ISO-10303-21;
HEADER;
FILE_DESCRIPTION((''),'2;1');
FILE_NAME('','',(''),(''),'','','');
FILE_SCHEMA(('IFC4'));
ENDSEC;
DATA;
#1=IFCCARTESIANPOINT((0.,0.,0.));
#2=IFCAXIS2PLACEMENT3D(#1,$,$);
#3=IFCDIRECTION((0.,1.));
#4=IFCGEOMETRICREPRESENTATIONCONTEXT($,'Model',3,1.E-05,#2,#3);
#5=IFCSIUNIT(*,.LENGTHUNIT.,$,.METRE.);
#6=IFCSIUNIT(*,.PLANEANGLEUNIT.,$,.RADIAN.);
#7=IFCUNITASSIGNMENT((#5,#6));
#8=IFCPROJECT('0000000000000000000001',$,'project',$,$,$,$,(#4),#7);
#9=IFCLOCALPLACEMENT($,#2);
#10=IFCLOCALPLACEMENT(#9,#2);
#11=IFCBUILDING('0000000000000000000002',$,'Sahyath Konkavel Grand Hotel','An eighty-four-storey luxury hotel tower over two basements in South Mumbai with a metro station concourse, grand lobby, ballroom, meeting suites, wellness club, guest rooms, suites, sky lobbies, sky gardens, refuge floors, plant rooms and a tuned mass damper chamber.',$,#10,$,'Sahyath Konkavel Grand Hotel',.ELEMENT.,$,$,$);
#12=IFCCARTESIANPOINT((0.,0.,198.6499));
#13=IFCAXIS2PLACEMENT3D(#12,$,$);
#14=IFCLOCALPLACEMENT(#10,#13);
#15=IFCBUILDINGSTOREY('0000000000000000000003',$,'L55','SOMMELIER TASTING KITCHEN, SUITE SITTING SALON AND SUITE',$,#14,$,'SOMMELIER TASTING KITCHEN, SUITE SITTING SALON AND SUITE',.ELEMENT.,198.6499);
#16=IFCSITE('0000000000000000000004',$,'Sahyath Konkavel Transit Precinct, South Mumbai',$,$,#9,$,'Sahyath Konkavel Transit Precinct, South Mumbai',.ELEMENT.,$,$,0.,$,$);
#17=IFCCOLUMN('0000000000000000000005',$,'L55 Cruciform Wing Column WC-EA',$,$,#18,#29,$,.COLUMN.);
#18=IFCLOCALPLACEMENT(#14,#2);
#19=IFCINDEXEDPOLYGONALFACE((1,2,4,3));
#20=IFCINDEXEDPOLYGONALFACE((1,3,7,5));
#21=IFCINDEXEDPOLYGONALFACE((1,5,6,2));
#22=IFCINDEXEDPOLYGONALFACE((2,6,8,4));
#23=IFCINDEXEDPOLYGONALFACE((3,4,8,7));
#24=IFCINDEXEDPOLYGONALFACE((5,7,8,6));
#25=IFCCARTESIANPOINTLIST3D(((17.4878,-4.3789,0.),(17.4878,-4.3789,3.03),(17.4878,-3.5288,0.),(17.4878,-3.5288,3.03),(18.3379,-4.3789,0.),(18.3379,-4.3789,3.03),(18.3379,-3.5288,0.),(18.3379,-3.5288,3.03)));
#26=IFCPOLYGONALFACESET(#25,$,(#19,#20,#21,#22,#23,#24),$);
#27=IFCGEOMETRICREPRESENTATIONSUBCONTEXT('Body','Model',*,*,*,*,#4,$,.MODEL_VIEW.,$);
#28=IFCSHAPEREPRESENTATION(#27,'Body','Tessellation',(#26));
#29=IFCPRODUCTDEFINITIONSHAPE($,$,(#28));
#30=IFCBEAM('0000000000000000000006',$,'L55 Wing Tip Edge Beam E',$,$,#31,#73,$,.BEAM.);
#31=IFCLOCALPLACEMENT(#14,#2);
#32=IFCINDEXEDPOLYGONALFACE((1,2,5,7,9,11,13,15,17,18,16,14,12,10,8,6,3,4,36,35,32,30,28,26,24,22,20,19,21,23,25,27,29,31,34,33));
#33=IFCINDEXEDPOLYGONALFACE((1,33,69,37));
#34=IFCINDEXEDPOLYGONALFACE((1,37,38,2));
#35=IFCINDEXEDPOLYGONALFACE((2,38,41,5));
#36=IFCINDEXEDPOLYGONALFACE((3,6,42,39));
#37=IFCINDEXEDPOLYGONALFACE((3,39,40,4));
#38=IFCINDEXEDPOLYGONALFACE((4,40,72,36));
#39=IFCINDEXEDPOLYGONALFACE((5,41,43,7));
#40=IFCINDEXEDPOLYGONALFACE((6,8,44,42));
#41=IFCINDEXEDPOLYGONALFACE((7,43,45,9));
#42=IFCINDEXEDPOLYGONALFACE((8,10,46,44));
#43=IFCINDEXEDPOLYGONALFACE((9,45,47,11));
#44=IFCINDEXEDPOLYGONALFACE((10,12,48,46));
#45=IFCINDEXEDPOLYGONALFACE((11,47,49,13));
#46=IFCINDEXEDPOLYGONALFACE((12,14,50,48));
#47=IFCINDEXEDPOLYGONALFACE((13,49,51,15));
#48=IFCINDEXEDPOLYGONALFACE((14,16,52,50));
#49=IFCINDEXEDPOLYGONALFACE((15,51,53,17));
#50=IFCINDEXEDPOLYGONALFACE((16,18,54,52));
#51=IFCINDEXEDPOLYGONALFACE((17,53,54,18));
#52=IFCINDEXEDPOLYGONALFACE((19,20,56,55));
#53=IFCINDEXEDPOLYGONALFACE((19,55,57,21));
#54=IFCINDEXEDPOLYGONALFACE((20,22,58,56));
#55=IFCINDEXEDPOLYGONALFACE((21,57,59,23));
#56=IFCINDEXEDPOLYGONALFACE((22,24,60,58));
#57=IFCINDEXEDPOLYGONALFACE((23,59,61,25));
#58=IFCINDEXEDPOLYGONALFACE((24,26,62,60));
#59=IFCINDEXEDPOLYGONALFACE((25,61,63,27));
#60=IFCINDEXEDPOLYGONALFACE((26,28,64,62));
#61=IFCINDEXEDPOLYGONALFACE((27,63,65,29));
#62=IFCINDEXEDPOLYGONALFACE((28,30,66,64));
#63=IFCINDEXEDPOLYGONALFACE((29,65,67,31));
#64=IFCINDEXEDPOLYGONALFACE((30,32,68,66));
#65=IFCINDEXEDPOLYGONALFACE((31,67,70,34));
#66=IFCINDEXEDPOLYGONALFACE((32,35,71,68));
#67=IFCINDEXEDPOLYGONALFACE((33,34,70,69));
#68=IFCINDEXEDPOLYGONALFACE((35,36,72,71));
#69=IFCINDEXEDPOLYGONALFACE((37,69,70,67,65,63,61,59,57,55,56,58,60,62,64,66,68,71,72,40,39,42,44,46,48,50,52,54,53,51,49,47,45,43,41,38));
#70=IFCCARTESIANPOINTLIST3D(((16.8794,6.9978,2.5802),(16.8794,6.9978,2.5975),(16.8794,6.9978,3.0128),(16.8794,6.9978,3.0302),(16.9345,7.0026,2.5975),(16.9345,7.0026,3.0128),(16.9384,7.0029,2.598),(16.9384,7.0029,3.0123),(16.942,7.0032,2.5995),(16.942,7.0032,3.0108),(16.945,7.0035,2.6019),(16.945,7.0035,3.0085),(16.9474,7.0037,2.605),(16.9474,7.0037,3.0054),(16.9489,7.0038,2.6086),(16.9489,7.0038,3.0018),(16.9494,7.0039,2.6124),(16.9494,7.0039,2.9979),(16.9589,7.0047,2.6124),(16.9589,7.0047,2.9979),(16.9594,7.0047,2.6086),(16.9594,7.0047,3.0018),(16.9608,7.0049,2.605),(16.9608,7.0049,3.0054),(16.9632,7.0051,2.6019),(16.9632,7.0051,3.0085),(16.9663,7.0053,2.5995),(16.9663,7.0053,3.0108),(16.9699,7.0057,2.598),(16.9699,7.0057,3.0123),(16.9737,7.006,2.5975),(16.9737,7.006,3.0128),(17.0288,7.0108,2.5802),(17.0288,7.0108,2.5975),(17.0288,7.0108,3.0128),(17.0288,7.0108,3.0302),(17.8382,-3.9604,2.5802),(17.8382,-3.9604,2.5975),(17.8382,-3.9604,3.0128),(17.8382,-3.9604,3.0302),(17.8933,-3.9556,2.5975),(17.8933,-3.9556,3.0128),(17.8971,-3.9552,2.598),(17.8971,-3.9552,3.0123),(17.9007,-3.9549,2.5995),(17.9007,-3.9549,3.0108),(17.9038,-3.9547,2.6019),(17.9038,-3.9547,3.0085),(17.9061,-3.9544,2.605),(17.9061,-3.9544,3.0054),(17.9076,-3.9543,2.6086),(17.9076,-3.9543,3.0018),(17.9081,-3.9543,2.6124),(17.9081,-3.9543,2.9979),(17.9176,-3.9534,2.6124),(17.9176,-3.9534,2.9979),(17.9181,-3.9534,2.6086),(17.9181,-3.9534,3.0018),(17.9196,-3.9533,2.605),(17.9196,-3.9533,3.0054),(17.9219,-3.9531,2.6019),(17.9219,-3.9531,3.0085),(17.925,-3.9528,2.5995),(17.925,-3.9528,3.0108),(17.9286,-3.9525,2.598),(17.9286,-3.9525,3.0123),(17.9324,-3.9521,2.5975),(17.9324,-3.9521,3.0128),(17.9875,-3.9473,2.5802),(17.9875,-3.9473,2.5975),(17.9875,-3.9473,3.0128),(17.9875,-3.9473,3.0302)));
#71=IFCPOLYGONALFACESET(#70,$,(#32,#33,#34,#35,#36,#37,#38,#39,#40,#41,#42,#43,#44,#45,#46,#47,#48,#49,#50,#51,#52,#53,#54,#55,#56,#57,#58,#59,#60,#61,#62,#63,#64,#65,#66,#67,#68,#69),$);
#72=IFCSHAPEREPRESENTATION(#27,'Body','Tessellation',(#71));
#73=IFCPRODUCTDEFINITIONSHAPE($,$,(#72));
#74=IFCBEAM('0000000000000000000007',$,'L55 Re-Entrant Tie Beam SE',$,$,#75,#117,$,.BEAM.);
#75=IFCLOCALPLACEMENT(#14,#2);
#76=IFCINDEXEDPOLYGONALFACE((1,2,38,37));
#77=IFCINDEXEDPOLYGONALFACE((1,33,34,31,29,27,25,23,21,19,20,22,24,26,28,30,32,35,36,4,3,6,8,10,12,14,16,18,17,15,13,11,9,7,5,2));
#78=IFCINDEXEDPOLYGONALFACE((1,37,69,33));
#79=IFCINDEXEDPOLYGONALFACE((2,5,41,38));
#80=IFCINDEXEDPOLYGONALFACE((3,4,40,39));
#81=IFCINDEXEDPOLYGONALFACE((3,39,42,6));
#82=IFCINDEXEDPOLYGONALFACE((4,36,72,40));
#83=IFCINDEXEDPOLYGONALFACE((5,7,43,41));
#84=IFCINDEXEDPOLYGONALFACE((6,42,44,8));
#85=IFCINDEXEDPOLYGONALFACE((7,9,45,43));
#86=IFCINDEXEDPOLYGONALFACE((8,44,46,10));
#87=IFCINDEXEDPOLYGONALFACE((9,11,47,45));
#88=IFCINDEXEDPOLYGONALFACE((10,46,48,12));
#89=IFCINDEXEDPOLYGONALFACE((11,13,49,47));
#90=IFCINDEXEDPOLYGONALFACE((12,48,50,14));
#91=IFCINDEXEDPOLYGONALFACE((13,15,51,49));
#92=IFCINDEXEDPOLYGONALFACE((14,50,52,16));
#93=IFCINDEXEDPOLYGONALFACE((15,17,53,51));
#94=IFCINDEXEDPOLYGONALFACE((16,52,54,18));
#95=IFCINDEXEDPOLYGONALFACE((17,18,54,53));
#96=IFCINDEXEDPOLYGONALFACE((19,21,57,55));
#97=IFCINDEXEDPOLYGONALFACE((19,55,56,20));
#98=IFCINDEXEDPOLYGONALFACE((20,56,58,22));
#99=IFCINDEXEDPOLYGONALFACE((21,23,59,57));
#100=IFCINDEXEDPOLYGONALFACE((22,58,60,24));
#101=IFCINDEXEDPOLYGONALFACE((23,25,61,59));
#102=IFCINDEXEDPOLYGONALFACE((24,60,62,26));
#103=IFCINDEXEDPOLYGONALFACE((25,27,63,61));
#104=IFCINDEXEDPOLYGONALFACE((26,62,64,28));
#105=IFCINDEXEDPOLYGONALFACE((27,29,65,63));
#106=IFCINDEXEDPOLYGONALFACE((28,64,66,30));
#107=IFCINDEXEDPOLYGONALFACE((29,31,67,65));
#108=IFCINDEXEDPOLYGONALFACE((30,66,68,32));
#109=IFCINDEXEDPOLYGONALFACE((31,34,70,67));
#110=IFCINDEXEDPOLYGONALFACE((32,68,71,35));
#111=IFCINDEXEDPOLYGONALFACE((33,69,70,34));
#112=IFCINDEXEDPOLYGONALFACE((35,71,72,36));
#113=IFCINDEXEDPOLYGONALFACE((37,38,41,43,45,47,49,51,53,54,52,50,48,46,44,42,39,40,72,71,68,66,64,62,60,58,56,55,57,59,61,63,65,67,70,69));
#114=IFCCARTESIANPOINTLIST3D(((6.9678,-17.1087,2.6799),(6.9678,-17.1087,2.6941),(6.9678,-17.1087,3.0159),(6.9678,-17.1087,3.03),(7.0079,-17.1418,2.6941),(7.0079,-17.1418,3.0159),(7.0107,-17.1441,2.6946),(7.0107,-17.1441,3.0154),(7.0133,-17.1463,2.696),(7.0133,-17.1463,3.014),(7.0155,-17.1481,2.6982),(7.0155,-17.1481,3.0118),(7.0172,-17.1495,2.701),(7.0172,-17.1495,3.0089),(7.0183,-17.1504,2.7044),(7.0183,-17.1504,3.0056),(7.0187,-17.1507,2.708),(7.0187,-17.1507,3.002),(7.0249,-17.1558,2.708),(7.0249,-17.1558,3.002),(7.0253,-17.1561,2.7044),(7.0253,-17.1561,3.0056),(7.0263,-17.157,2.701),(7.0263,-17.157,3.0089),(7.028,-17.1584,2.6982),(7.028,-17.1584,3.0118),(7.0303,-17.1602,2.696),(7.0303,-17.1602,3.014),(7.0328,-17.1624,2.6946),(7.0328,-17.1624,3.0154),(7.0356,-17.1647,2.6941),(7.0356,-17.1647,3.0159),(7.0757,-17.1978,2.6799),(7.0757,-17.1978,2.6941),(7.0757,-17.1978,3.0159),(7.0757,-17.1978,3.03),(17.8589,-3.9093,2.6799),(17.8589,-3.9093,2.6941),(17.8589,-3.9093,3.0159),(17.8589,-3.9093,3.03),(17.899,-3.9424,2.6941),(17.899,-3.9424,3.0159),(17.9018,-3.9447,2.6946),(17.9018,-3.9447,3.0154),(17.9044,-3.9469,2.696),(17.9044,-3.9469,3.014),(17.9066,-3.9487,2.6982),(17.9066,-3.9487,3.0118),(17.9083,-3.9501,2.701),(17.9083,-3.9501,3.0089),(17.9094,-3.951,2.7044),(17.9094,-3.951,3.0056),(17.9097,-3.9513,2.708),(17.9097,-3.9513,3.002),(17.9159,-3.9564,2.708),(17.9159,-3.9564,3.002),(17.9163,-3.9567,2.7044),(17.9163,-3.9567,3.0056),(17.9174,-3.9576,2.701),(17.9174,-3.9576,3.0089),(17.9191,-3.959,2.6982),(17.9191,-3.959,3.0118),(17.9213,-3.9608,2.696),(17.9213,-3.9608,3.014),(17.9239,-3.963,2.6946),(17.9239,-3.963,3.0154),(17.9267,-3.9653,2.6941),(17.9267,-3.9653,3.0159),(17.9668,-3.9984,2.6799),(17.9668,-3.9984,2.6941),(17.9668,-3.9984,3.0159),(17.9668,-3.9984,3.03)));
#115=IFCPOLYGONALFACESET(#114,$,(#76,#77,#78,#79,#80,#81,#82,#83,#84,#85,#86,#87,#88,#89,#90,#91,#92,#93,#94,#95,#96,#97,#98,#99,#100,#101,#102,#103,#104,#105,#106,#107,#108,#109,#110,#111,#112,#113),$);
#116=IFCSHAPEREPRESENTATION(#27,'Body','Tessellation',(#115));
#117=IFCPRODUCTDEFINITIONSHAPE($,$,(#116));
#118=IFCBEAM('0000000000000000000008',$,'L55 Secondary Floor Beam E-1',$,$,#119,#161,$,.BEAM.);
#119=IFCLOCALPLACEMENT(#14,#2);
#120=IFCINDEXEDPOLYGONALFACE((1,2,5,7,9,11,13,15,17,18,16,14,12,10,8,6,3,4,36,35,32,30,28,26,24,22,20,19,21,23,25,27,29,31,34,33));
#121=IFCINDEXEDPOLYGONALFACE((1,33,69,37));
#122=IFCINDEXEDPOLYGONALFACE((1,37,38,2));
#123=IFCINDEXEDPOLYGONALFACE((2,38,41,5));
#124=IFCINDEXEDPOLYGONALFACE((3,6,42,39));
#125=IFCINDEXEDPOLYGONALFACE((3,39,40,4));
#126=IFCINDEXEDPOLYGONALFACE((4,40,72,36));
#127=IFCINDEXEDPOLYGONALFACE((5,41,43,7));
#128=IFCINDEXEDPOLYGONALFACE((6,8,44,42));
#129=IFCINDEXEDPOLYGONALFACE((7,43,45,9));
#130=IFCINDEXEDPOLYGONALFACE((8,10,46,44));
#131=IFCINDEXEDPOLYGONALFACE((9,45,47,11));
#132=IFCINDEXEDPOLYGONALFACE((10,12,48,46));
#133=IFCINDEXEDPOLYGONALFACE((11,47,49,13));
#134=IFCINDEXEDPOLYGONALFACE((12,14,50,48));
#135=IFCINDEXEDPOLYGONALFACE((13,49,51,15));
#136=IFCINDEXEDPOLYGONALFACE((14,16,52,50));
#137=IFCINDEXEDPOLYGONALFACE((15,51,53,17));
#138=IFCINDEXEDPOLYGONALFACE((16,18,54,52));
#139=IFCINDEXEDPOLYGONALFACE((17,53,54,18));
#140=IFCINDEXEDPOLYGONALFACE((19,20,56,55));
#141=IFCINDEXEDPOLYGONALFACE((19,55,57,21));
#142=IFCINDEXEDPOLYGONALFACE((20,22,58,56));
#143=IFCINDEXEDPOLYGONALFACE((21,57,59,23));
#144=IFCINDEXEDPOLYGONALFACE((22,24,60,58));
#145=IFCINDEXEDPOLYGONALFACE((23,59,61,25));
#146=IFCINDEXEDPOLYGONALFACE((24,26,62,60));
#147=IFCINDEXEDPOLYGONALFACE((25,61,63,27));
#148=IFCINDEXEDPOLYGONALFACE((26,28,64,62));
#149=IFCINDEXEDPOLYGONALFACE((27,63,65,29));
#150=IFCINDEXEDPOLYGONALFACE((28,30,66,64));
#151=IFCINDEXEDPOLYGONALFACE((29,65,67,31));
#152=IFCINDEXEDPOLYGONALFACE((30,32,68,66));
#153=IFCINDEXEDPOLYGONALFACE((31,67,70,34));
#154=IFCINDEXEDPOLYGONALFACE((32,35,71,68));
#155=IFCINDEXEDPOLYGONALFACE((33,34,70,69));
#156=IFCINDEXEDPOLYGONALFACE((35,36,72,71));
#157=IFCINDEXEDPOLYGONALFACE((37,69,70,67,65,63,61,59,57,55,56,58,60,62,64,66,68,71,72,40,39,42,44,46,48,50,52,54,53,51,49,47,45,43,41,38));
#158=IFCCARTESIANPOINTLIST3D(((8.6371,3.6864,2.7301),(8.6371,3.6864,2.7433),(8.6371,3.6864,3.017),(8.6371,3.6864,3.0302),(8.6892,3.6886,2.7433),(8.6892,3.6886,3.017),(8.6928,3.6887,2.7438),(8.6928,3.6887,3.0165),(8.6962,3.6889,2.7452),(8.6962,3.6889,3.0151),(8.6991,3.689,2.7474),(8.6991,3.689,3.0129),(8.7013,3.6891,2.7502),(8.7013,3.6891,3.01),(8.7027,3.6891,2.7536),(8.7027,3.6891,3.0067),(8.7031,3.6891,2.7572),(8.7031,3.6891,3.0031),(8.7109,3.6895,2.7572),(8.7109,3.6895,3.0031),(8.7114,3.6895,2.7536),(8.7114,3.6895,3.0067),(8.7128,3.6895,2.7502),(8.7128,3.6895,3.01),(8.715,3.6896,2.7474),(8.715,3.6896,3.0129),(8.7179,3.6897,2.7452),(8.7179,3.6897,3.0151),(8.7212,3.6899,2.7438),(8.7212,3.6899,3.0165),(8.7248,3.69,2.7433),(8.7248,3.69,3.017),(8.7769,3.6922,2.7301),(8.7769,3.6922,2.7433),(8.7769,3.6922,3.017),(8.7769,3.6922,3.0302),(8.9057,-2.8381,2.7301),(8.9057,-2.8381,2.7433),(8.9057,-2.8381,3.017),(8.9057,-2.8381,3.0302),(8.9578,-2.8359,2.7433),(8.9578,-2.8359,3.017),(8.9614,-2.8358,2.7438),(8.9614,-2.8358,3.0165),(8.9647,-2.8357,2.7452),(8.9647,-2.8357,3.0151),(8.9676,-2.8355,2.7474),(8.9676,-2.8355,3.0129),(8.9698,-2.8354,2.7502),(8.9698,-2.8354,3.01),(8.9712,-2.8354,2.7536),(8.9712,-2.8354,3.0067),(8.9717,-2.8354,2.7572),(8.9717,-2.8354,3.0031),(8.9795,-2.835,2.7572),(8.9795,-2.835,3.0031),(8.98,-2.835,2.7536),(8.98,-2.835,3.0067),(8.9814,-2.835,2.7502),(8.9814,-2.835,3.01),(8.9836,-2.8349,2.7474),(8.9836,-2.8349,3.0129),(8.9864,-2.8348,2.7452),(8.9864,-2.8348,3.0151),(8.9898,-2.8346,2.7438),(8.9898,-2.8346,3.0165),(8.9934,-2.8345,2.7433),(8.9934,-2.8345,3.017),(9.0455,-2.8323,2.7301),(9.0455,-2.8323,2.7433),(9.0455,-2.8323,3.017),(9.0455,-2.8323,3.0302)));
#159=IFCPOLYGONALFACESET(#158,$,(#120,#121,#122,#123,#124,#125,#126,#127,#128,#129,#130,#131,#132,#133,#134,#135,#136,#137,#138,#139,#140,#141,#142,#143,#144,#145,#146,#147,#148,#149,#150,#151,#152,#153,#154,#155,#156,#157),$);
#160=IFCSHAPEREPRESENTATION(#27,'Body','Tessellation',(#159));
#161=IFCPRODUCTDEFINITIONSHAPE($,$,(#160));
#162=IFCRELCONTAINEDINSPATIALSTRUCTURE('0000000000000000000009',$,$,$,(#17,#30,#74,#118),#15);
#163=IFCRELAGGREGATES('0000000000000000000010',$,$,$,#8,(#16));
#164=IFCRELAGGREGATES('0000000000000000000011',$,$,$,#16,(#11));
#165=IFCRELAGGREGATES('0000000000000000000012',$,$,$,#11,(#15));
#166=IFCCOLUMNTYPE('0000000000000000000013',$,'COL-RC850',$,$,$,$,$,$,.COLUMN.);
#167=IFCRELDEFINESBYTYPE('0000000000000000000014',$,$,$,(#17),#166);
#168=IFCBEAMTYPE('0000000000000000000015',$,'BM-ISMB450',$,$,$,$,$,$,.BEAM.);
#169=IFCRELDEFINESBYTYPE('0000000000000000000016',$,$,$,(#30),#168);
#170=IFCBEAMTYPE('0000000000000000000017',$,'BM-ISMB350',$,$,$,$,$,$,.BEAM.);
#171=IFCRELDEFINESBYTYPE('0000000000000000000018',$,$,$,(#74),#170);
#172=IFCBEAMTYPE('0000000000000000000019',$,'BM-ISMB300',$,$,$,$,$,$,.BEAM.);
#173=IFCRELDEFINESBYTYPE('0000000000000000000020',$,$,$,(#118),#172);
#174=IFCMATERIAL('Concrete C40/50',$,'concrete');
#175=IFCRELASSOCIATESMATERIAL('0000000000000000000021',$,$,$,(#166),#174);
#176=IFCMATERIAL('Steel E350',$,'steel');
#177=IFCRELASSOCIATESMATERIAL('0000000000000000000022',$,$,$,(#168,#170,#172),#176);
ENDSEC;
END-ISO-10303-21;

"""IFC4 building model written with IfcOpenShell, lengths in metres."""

from ifc_helpers import new_model, si_unit, direction, frame, origin, origin_2d, place, context, subcontext, project, spatial, rectangle, i_section, extrude, source, transform, mapped, material, material_profile, profile_set, type_object, element, save


model = new_model("IFC4")

# Units and contexts
model_context = context("Model", 3, precision=1e-05, world=origin(), true_north=direction((0.0, 1.0)))
body_context = subcontext(model_context, "Body", "Model", "MODEL_VIEW")
ifc_project = project(units=[si_unit("LENGTHUNIT", "METRE"), si_unit("PLANEANGLEUNIT", "RADIAN")], contexts=[model_context])

# Site, building, storey
site_placement = place(None, origin())
site = spatial("IfcSite", under=ifc_project, at=site_placement, Name="Sahyath Konkavel Transit Precinct, South Mumbai", LongName="Sahyath Konkavel Transit Precinct, South Mumbai", CompositionType="ELEMENT", RefElevation=0.0)
building_placement = place(site_placement, origin())
building = spatial("IfcBuilding", under=site, at=building_placement, Name="Sahyath Konkavel Grand Hotel", Description="An eighty-four-storey luxury hotel tower over two basements in South Mumbai with a metro station concourse, grand lobby, ballroom, meeting suites, wellness club, guest rooms, suites, sky lobbies, sky gardens, refuge floors, plant rooms and a tuned mass damper chamber.", LongName="Sahyath Konkavel Grand Hotel", CompositionType="ELEMENT")
storey_placement = place(building_placement, frame((0.0, 0.0, 198.6499)))
storey = spatial("IfcBuildingStorey", under=building, at=storey_placement, Name="L55", Description="SOMMELIER TASTING KITCHEN, SUITE SITTING SALON AND SUITE", LongName="SOMMELIER TASTING KITCHEN, SUITE SITTING SALON AND SUITE", CompositionType="ELEMENT", Elevation=198.6499)

# Column
ifc_material_1 = material(Name="Concrete C40/50", Category="concrete")
ifc_material_profile_1 = material_profile(ifc_material_1, rectangle(XDim=0.8501, YDim=0.8501, at=origin_2d()), Name="RC 850x850")
ifc_profile_set_1 = profile_set([ifc_material_profile_1], Name="Concrete C40/50")
column_type = type_object("IfcColumnType", Name="COL-RC850", PredefinedType="COLUMN", material=ifc_profile_set_1)
shared_shape_1 = source(origin(), body_context, "Body", "SweptSolid", [
    extrude(rectangle(XDim=0.8501, YDim=0.8501, at=origin_2d()), origin(), (0.0, 0.0, 1.0), 3.03),
])
column_placement = place(storey_placement, frame((17.9128, -3.9539, 0.0), z_axis=(0.0, 0.0, 1.0), x_axis=(1.0, 0.0, 0.0)))
element("IfcColumn", 1, at=column_placement, inside=storey, type_object=column_type, Name="L55 Cruciform Wing Column WC-EA", PredefinedType="COLUMN", context=body_context, shape_type="MappedRepresentation", body=[
    mapped(shared_shape_1, transform((0.0, 0.0, 0.0), scale=1.0)),
])

# Beams
ifc_material_2 = material(Name="Steel E350", Category="steel")
ifc_material_profile_2 = material_profile(ifc_material_2, i_section(OverallWidth=0.1499, OverallDepth=0.45, WebThickness=0.0095, FlangeThickness=0.0173, FilletRadius=0.0149, at=origin_2d()), Name="ISMB 450")
ifc_profile_set_2 = profile_set([ifc_material_profile_2], Name="Steel E350")
beam_type_1 = type_object("IfcBeamType", Name="BM-ISMB450", PredefinedType="BEAM", material=ifc_profile_set_2)
shared_shape_2 = source(origin(), body_context, "Body", "SweptSolid", [
    extrude(i_section(OverallWidth=0.1499, OverallDepth=0.45, WebThickness=0.0095, FlangeThickness=0.0173, FilletRadius=0.0149, at=origin_2d()), origin(), (0.0, 0.0, 1.0), 11.0),
])
beam_1_placement = place(storey_placement, frame((17.9128, -3.9539, 2.8052), z_axis=(-0.087157, 0.996195, 0.0), x_axis=(-0.996195, -0.087157, 0.0)))
element("IfcBeam", 2, at=beam_1_placement, inside=storey, type_object=beam_type_1, Name="L55 Wing Tip Edge Beam E", PredefinedType="BEAM", context=body_context, shape_type="MappedRepresentation", body=[
    mapped(shared_shape_2, transform((0.0, 0.0, 0.0), scale=1.0)),
])
ifc_material_profile_3 = material_profile(ifc_material_2, i_section(OverallWidth=0.1399, OverallDepth=0.3501, WebThickness=0.0081, FlangeThickness=0.0142, FilletRadius=0.0139, at=origin_2d()), Name="ISMB 350")
ifc_profile_set_3 = profile_set([ifc_material_profile_3], Name="Steel E350")
beam_type_2 = type_object("IfcBeamType", Name="BM-ISMB350", PredefinedType="BEAM", material=ifc_profile_set_3)
shared_shape_3 = source(origin(), body_context, "Body", "SweptSolid", [
    extrude(i_section(OverallWidth=0.1399, OverallDepth=0.3501, WebThickness=0.0081, FlangeThickness=0.0142, FilletRadius=0.0139, at=origin_2d()), origin(), (0.0, 0.0, 1.0), 17.1125),
])
beam_2_placement = place(storey_placement, frame((17.9128, -3.9539, 2.855), z_axis=(-0.636437, -0.771329, 0.0), x_axis=(0.771329, -0.636437, 0.0)))
element("IfcBeam", 3, at=beam_2_placement, inside=storey, type_object=beam_type_2, Name="L55 Re-Entrant Tie Beam SE", PredefinedType="BEAM", context=body_context, shape_type="MappedRepresentation", body=[
    mapped(shared_shape_3, transform((0.0, 0.0, 0.0), scale=1.0)),
])
ifc_material_profile_4 = material_profile(ifc_material_2, i_section(OverallWidth=0.1399, OverallDepth=0.3, WebThickness=0.0078, FlangeThickness=0.0132, FilletRadius=0.0139, at=origin_2d()), Name="ISMB 300")
ifc_profile_set_4 = profile_set([ifc_material_profile_4], Name="Steel E350")
beam_type_3 = type_object("IfcBeamType", Name="BM-ISMB300", PredefinedType="BEAM", material=ifc_profile_set_4)
shared_shape_4 = source(origin(), body_context, "Body", "SweptSolid", [
    extrude(i_section(OverallWidth=0.1399, OverallDepth=0.3, WebThickness=0.0078, FlangeThickness=0.0132, FilletRadius=0.0139, at=origin_2d()), origin(), (0.0, 0.0, 1.0), 6.53),
])
beam_3_placement = place(storey_placement, frame((8.9756, -2.8352, 2.8801), z_axis=(-0.041127, 0.999154, 0.0), x_axis=(-0.999154, -0.041127, 0.0)))
element("IfcBeam", 4, at=beam_3_placement, inside=storey, type_object=beam_type_3, Name="L55 Secondary Floor Beam E-1", PredefinedType="BEAM", context=body_context, shape_type="MappedRepresentation", body=[
    mapped(shared_shape_4, transform((0.0, 0.0, 0.0), scale=1.0)),
])

save(model, "model.ifc")
